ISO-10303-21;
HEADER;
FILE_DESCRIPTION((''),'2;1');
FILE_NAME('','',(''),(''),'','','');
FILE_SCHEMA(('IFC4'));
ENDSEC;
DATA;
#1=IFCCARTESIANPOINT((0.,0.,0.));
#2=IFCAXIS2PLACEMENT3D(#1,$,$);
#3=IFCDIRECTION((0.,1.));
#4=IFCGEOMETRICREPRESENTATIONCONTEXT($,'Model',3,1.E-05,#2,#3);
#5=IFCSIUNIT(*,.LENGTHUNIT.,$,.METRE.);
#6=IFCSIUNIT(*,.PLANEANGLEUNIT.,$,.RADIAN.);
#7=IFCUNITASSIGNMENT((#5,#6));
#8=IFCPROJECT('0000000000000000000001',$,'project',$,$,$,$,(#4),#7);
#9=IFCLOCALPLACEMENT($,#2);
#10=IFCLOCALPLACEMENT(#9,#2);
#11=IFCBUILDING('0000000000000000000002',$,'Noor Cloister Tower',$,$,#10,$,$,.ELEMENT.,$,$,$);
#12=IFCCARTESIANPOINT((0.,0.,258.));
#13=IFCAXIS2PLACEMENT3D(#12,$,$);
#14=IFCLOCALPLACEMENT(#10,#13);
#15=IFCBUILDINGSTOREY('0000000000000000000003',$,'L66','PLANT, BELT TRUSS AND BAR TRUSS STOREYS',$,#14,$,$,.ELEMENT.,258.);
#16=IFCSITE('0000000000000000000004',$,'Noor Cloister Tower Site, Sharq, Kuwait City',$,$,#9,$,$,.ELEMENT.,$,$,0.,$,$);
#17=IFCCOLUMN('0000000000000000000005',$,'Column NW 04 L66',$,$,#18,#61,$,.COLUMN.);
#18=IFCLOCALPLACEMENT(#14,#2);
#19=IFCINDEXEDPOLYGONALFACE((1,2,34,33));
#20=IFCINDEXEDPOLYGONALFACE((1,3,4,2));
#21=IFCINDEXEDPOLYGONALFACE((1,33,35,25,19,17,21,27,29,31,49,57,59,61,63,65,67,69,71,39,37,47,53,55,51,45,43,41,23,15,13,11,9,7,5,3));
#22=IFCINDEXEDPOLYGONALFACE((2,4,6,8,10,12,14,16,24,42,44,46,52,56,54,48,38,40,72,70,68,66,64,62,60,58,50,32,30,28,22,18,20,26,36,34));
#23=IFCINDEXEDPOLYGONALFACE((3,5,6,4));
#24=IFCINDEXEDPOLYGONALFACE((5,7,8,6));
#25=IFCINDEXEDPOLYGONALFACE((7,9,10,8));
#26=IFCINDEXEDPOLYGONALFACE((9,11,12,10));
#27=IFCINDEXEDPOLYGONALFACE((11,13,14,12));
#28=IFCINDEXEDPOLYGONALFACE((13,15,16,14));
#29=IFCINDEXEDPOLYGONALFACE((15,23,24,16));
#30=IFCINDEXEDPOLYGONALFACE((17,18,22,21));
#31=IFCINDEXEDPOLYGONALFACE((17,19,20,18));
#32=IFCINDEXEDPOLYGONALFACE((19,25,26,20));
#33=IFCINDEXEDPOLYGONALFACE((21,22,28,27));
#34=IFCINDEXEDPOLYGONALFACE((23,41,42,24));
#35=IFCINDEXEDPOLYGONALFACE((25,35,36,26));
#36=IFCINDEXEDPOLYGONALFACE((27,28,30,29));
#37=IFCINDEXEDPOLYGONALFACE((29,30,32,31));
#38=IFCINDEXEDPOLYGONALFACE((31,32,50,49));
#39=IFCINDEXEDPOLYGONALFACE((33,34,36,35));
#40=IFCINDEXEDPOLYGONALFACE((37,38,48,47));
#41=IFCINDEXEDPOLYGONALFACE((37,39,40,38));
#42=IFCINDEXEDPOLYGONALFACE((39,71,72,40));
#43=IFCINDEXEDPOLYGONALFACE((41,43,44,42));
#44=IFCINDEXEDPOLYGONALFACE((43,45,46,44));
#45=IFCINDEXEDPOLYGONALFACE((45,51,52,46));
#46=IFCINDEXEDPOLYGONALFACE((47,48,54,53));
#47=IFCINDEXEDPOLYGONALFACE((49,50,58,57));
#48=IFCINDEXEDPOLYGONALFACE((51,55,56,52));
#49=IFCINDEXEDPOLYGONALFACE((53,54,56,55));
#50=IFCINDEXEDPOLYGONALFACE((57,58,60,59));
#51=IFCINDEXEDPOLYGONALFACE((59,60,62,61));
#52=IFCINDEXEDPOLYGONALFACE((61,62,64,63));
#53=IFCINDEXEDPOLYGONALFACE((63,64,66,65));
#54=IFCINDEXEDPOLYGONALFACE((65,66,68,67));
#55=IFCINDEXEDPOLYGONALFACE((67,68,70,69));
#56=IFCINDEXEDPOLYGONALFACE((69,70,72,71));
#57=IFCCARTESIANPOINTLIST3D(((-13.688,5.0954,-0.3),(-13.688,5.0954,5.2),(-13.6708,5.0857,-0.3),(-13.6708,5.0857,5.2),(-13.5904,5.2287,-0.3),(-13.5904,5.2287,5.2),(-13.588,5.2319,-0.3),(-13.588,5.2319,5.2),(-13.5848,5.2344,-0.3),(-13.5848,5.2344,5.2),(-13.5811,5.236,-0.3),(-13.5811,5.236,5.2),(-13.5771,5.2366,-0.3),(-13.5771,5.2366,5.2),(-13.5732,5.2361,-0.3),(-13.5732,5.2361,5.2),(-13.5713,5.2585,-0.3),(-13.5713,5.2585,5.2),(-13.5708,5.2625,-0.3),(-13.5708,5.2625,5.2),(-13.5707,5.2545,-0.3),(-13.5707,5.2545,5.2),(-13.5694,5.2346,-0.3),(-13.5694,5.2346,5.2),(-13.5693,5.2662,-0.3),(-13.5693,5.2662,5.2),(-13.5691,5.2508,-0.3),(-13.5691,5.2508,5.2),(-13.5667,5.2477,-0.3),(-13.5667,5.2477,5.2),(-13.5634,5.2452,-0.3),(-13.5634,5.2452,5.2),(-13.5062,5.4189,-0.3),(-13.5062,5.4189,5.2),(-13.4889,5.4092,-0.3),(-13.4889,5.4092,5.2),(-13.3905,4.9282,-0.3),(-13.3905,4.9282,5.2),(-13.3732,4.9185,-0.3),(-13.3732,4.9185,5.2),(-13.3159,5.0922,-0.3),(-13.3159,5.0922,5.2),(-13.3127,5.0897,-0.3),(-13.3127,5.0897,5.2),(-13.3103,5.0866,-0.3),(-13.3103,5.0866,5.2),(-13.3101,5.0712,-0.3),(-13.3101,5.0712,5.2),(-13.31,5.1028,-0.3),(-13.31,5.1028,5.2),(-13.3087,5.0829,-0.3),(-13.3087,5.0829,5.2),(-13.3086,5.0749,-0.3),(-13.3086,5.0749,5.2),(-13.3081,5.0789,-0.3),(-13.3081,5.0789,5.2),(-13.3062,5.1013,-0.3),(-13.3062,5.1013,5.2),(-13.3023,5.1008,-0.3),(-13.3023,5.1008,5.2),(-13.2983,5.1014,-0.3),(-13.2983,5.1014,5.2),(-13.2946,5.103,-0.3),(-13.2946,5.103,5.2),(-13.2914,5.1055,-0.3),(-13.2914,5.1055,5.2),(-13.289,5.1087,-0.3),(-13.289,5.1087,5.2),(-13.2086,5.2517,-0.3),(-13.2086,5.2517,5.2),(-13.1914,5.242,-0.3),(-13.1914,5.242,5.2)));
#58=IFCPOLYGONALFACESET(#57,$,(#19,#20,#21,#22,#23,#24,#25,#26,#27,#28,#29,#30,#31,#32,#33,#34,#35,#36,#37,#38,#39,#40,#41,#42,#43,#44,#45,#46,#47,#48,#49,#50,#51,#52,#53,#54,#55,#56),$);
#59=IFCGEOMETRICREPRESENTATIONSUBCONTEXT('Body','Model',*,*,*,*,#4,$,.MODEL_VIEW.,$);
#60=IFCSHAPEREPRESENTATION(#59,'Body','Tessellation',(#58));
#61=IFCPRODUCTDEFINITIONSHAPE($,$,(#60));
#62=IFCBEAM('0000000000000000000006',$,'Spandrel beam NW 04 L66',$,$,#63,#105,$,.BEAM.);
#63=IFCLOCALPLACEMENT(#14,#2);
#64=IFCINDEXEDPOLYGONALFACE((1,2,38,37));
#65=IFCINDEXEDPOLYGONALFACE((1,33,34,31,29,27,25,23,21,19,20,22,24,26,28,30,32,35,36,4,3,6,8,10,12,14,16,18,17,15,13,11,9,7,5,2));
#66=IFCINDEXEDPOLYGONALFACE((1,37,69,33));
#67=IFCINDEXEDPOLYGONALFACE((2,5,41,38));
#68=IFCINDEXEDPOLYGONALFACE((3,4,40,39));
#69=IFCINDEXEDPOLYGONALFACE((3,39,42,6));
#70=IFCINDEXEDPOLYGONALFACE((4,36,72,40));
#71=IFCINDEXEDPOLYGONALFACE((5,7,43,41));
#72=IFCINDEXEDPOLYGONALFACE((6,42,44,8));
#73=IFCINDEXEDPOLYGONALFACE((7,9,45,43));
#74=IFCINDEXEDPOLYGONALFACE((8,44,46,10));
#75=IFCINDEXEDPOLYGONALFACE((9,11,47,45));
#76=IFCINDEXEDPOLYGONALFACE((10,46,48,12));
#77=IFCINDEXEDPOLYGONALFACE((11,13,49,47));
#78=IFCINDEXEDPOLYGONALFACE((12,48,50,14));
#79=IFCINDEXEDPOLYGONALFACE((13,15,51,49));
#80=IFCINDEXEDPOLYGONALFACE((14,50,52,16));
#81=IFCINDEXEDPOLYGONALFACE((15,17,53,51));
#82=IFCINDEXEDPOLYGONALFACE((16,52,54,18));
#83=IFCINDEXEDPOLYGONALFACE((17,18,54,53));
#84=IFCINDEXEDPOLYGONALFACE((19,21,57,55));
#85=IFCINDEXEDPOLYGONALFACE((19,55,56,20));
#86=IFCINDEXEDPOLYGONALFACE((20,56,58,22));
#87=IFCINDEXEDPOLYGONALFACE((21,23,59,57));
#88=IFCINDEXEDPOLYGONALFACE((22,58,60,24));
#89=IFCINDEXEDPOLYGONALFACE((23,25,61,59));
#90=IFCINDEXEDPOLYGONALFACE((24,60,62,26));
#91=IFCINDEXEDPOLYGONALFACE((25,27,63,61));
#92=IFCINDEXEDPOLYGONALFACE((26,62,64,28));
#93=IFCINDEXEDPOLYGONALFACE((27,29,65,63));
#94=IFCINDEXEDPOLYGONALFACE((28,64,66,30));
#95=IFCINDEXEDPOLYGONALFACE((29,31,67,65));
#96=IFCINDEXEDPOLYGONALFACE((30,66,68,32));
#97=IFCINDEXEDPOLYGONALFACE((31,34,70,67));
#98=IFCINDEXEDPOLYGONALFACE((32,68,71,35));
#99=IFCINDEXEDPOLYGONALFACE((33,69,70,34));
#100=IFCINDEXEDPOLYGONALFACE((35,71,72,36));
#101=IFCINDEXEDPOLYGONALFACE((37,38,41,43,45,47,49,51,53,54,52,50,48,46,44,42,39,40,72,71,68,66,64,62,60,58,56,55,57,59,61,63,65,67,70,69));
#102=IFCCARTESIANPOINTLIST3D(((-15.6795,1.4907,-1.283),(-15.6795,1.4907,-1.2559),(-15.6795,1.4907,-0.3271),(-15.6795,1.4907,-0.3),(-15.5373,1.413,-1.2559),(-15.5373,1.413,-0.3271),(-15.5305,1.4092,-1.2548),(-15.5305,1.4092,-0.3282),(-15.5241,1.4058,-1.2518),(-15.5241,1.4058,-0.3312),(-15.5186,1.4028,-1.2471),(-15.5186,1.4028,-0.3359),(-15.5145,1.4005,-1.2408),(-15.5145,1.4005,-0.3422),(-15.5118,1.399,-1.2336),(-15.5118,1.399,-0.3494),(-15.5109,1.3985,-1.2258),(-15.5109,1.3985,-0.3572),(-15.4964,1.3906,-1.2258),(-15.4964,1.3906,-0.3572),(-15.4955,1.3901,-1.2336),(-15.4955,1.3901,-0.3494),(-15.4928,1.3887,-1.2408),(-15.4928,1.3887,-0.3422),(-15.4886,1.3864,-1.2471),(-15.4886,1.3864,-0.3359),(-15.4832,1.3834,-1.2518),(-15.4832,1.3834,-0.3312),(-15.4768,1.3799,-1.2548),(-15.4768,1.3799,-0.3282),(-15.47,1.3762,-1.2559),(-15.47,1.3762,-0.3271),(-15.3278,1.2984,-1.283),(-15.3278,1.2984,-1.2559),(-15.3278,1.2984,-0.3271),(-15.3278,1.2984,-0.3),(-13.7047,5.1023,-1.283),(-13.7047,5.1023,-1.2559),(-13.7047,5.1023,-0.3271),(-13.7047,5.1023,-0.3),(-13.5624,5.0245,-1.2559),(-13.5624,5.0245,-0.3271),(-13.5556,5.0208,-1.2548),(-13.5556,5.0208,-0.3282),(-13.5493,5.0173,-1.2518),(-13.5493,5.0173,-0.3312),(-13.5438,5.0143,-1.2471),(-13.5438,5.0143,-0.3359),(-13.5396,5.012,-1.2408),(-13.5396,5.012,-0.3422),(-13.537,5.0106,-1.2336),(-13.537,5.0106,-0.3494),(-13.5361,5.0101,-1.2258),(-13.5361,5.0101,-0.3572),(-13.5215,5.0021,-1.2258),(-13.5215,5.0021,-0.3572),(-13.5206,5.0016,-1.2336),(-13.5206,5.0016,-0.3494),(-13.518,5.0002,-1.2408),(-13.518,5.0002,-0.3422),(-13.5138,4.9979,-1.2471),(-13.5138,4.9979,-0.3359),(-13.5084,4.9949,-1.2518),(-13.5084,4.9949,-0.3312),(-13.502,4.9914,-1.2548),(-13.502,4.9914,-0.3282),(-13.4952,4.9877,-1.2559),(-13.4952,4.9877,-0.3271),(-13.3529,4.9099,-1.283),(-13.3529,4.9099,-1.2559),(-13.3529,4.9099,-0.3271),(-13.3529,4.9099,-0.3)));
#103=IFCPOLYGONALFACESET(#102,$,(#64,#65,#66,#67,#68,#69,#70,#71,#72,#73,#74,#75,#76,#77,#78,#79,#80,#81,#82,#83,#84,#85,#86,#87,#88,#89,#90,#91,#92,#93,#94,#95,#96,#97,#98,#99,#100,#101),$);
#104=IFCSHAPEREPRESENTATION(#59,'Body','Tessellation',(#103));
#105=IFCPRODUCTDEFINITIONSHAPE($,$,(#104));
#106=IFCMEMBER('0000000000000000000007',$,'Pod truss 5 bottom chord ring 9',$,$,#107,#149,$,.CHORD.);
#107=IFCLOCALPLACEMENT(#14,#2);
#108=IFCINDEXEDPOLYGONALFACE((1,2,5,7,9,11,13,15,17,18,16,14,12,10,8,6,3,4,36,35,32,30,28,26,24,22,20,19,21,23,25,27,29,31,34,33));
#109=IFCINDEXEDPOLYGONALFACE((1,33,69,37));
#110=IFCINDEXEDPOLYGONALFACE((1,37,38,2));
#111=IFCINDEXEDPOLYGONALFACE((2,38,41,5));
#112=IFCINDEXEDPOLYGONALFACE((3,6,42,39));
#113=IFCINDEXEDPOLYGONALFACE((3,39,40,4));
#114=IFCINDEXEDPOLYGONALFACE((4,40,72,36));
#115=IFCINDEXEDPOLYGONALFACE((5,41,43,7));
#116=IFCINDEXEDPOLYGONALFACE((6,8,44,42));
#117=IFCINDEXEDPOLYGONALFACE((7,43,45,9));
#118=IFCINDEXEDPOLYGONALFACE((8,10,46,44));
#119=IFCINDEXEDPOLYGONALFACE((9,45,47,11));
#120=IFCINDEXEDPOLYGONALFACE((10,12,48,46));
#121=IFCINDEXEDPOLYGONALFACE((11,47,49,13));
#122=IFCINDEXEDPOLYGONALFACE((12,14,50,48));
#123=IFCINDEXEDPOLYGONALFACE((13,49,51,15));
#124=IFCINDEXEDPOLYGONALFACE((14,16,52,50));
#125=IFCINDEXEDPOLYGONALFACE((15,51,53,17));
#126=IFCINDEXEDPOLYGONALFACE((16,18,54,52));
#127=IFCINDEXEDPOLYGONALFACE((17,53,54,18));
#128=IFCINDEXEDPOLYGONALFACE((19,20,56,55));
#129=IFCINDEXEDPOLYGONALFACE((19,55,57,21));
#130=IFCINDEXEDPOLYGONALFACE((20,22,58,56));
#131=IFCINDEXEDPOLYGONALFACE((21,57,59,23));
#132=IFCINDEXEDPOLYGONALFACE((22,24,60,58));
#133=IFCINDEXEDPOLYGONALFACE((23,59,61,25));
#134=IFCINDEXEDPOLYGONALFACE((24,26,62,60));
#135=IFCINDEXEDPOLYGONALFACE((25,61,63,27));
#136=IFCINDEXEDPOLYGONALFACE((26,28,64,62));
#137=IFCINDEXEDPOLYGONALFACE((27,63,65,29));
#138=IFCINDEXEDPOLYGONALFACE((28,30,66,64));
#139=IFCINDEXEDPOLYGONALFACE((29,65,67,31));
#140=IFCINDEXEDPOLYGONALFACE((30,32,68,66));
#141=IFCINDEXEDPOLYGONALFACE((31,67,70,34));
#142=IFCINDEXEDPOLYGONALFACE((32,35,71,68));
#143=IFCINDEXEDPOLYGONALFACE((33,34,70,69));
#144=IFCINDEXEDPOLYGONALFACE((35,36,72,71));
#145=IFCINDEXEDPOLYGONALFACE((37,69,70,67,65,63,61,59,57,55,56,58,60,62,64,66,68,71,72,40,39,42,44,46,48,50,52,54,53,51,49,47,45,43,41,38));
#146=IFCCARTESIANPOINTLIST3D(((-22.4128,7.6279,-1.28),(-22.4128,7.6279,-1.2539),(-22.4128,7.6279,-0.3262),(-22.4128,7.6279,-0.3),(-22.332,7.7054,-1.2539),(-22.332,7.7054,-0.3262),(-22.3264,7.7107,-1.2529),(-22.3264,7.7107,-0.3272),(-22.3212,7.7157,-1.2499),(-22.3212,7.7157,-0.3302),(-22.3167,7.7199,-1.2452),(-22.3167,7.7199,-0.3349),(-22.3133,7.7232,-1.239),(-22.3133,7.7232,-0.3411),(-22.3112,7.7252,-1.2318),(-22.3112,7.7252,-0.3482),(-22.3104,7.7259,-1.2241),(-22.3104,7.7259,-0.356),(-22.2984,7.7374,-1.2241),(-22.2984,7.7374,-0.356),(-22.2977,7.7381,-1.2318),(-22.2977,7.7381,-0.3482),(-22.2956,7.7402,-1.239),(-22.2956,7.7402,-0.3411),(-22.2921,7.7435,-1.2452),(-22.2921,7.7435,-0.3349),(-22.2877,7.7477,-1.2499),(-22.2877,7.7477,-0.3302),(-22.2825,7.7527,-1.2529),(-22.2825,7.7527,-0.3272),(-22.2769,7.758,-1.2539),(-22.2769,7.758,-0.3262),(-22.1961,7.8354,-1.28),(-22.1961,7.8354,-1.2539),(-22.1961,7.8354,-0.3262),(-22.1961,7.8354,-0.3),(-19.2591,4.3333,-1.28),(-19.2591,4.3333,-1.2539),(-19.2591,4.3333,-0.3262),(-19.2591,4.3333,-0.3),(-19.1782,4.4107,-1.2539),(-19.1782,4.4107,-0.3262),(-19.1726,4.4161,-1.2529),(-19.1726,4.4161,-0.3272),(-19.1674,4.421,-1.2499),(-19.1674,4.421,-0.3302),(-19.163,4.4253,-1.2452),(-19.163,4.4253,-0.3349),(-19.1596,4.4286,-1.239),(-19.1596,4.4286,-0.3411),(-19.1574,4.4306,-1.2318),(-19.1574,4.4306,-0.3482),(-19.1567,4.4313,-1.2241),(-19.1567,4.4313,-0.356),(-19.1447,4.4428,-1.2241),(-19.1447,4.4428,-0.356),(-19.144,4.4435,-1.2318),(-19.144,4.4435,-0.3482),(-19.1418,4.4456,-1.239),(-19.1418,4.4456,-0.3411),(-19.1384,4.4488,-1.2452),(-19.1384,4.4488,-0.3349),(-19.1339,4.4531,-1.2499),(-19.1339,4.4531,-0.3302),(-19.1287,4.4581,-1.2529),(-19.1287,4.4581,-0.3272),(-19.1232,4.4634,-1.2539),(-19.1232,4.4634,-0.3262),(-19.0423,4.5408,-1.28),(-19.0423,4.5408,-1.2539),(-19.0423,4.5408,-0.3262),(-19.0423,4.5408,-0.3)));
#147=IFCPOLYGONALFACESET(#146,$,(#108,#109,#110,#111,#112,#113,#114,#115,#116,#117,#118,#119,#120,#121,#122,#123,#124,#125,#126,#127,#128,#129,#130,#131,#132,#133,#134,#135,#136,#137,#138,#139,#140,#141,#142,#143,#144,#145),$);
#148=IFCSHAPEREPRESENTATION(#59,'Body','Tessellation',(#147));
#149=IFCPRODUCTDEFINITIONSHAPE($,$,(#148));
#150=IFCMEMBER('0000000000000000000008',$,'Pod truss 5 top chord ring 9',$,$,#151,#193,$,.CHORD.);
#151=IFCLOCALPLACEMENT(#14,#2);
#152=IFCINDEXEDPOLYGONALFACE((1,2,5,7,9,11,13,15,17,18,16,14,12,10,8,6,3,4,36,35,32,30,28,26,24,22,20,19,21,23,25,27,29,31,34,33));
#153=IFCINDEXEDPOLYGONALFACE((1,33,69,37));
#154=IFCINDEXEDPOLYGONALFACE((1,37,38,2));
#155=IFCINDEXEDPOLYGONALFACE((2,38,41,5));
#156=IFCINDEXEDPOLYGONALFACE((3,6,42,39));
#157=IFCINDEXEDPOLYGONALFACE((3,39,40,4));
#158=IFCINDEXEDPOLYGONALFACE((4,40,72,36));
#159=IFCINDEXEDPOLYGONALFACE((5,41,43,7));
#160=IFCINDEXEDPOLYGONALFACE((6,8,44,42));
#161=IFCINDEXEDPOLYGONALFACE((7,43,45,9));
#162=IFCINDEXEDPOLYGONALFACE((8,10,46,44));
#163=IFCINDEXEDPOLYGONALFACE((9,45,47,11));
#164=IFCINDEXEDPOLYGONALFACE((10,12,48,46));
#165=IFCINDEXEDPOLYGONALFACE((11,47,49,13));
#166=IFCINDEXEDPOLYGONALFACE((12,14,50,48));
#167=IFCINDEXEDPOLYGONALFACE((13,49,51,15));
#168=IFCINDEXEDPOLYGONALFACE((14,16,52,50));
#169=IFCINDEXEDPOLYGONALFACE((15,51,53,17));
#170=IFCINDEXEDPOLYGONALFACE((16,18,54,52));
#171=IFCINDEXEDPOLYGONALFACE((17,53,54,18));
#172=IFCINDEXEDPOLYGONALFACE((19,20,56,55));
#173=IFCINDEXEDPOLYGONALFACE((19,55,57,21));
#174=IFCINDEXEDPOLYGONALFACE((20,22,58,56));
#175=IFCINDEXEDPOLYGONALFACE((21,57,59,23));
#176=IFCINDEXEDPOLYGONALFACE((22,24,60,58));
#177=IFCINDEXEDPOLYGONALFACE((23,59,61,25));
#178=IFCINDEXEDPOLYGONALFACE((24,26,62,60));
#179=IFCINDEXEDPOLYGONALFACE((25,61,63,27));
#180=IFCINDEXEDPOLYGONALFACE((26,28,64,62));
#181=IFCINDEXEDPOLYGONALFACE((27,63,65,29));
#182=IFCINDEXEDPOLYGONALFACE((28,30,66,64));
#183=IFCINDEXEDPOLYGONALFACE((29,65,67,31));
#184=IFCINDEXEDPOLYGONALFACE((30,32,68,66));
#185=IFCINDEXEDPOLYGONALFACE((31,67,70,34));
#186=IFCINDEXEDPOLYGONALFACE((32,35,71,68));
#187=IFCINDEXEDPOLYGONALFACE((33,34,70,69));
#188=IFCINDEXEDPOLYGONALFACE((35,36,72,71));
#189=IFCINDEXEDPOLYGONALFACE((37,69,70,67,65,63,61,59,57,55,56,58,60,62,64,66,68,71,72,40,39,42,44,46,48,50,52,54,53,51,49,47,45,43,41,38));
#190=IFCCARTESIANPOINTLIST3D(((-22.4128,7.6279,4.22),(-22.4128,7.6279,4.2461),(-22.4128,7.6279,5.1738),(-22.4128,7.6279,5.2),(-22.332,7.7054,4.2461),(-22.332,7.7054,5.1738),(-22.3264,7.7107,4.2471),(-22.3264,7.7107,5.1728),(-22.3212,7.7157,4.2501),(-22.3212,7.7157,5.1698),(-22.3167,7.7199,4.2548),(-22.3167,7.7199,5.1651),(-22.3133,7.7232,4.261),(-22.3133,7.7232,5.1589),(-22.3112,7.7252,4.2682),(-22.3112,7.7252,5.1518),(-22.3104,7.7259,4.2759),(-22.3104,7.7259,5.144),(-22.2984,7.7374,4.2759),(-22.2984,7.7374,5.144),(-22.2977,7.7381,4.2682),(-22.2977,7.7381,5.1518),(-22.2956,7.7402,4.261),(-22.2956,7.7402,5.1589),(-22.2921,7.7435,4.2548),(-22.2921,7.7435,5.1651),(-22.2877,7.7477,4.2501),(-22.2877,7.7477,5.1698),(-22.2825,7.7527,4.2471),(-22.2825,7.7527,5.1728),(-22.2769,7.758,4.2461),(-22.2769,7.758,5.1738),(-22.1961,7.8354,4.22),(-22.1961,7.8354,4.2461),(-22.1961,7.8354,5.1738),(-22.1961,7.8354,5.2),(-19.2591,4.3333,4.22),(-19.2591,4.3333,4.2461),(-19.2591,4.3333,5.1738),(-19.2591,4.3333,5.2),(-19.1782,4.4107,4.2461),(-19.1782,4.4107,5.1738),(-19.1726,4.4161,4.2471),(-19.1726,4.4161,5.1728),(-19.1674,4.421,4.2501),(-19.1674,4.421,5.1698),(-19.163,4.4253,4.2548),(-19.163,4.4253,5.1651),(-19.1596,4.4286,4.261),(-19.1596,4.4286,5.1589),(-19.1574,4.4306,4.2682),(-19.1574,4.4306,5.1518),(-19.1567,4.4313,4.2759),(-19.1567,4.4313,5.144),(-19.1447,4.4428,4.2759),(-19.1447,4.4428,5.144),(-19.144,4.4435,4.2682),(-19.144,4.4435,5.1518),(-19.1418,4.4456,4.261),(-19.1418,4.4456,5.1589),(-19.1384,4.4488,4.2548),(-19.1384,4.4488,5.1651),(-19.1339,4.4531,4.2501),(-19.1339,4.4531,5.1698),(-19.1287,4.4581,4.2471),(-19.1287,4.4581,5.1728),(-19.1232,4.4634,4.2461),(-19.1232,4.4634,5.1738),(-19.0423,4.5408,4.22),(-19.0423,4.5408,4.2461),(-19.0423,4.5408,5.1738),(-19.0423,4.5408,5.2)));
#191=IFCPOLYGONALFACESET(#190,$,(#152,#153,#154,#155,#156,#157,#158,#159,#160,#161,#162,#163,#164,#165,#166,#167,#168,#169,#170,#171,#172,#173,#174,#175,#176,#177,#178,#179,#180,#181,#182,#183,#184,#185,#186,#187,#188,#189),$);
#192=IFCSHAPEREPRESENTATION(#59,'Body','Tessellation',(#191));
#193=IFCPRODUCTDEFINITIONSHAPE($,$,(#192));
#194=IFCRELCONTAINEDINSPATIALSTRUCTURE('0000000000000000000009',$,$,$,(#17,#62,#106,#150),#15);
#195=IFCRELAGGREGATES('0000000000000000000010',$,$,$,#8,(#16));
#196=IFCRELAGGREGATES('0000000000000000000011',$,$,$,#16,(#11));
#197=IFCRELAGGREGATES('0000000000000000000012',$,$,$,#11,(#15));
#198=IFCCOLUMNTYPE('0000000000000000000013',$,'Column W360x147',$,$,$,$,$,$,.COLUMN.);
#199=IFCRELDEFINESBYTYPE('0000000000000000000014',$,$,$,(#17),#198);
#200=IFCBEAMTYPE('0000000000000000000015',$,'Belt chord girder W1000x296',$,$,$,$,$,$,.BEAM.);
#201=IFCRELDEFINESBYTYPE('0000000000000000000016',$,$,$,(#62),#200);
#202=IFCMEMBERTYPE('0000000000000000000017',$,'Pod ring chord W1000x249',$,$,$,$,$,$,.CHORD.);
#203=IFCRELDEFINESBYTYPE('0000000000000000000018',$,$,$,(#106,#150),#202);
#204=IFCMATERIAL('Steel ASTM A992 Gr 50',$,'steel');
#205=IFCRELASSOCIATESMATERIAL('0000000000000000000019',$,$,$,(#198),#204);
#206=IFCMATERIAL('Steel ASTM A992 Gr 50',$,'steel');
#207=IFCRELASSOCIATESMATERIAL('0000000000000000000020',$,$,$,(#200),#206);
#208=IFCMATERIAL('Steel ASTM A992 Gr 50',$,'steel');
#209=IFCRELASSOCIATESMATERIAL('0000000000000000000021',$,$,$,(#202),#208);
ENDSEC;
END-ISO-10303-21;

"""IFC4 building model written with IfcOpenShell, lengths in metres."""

from ifc_helpers import new_model, si_unit, direction, frame, origin, origin_2d, place, context, subcontext, project, spatial, i_section, extrude, material, material_profile, profile_set, type_object, element, save


model = new_model("IFC4")

# Units and contexts
model_context = context("Model", 3, precision=1e-05, world=origin(), true_north=direction((0.0, 1.0)))
body_context = subcontext(model_context, "Body", "Model", "MODEL_VIEW")
ifc_project = project(units=[si_unit("LENGTHUNIT", "METRE"), si_unit("PLANEANGLEUNIT", "RADIAN")], contexts=[model_context])

# Site, building, storey
site_placement = place(None, origin())
site = spatial("IfcSite", under=ifc_project, at=site_placement, Name="Noor Cloister Tower Site, Sharq, Kuwait City", CompositionType="ELEMENT", RefElevation=0.0)
building_placement = place(site_placement, origin())
building = spatial("IfcBuilding", under=site, at=building_placement, Name="Noor Cloister Tower", CompositionType="ELEMENT")
storey_placement = place(building_placement, frame((0.0, 0.0, 258.0)))
storey = spatial("IfcBuildingStorey", under=building, at=storey_placement, Name="L66", Description="PLANT, BELT TRUSS AND BAR TRUSS STOREYS", CompositionType="ELEMENT", Elevation=258.0)

# Column
ifc_material_1 = material(Name="Steel ASTM A992 Gr 50", Category="steel")
ifc_material_profile_1 = material_profile(ifc_material_1, i_section(OverallWidth=0.3711, OverallDepth=0.3611, WebThickness=0.0122, FlangeThickness=0.0198, FilletRadius=0.0154, at=origin_2d()), Name="W360x147")
ifc_profile_set_1 = profile_set([ifc_material_profile_1], Name="Steel ASTM A992 Gr 50")
column_type = type_object("IfcColumnType", Name="Column W360x147", PredefinedType="COLUMN", material=ifc_profile_set_1)
column_placement = place(storey_placement, frame((-13.4397, 5.1687, -0.3), z_axis=(0.0, 0.0, 1.0), x_axis=(-0.489924, -0.871765, 0.0)))
element("IfcColumn", 1, at=column_placement, inside=storey, type_object=column_type, Name="Column NW 04 L66", PredefinedType="COLUMN", context=body_context, shape_type="SweptSolid", body=[
    extrude(i_section(OverallWidth=0.3711, OverallDepth=0.3611, WebThickness=0.0122, FlangeThickness=0.0198, FilletRadius=0.0154, at=origin_2d()), origin(), (0.0, 0.0, 1.0), 5.5),
])

# Beam
ifc_material_2 = material(Name="Steel ASTM A992 Gr 50", Category="steel")
ifc_material_profile_2 = material_profile(ifc_material_2, i_section(OverallWidth=0.4009, OverallDepth=0.9829, WebThickness=0.0166, FlangeThickness=0.0271, FilletRadius=0.03, at=origin_2d()), Name="W1000x296")
ifc_profile_set_2 = profile_set([ifc_material_profile_2], Name="Steel ASTM A992 Gr 50")
beam_type = type_object("IfcBeamType", Name="Belt chord girder W1000x296", PredefinedType="BEAM", material=ifc_profile_set_2)
beam_placement = place(storey_placement, frame((-13.5288, 5.0061, -0.7915), z_axis=(-0.47977, -0.877394, 0.0), x_axis=(0.877394, -0.47977, 0.0)))
element("IfcBeam", 2, at=beam_placement, inside=storey, type_object=beam_type, Name="Spandrel beam NW 04 L66", PredefinedType="BEAM", context=body_context, shape_type="SweptSolid", body=[
    extrude(i_section(OverallWidth=0.4009, OverallDepth=0.9829, WebThickness=0.0166, FlangeThickness=0.0271, FilletRadius=0.03, at=origin_2d()), origin(), (0.0, 0.0, 1.0), 4.1162),
])

# Members
ifc_material_3 = material(Name="Steel ASTM A992 Gr 50", Category="steel")
ifc_material_profile_3 = material_profile(ifc_material_3, i_section(OverallWidth=0.3, OverallDepth=0.98, WebThickness=0.0166, FlangeThickness=0.0261, FilletRadius=0.0298, at=origin_2d()), Name="W1000x249")
ifc_profile_set_3 = profile_set([ifc_material_profile_3], Name="Steel ASTM A992 Gr 50")
member_type_1 = type_object("IfcMemberType", Name="Pod ring chord W1000x249", PredefinedType="CHORD", material=ifc_profile_set_3)
for number, where, z_axis, x_axis, name in (
    (3, (-22.3044, 7.7317, -0.79), (0.691495, -0.722381, 0.0), (0.722381, 0.691495, 0.0), "Pod truss 5 bottom chord ring 9"),
    (4, (-22.3044, 7.7317, 4.71), (0.691495, -0.722381, 0.0), (0.722381, 0.691495, 0.0), "Pod truss 5 top chord ring 9"),
):
    element("IfcMember", number, at=place(storey_placement, frame(where, z_axis=z_axis, x_axis=x_axis)), inside=storey, type_object=member_type_1, Name=name, PredefinedType="CHORD", context=body_context, shape_type="SweptSolid", body=[
        extrude(i_section(OverallWidth=0.3, OverallDepth=0.98, WebThickness=0.0166, FlangeThickness=0.0261, FilletRadius=0.0298, at=origin_2d()), origin(), (0.0, 0.0, 1.0), 4.5608),
    ])

save(model, "model.ifc")
